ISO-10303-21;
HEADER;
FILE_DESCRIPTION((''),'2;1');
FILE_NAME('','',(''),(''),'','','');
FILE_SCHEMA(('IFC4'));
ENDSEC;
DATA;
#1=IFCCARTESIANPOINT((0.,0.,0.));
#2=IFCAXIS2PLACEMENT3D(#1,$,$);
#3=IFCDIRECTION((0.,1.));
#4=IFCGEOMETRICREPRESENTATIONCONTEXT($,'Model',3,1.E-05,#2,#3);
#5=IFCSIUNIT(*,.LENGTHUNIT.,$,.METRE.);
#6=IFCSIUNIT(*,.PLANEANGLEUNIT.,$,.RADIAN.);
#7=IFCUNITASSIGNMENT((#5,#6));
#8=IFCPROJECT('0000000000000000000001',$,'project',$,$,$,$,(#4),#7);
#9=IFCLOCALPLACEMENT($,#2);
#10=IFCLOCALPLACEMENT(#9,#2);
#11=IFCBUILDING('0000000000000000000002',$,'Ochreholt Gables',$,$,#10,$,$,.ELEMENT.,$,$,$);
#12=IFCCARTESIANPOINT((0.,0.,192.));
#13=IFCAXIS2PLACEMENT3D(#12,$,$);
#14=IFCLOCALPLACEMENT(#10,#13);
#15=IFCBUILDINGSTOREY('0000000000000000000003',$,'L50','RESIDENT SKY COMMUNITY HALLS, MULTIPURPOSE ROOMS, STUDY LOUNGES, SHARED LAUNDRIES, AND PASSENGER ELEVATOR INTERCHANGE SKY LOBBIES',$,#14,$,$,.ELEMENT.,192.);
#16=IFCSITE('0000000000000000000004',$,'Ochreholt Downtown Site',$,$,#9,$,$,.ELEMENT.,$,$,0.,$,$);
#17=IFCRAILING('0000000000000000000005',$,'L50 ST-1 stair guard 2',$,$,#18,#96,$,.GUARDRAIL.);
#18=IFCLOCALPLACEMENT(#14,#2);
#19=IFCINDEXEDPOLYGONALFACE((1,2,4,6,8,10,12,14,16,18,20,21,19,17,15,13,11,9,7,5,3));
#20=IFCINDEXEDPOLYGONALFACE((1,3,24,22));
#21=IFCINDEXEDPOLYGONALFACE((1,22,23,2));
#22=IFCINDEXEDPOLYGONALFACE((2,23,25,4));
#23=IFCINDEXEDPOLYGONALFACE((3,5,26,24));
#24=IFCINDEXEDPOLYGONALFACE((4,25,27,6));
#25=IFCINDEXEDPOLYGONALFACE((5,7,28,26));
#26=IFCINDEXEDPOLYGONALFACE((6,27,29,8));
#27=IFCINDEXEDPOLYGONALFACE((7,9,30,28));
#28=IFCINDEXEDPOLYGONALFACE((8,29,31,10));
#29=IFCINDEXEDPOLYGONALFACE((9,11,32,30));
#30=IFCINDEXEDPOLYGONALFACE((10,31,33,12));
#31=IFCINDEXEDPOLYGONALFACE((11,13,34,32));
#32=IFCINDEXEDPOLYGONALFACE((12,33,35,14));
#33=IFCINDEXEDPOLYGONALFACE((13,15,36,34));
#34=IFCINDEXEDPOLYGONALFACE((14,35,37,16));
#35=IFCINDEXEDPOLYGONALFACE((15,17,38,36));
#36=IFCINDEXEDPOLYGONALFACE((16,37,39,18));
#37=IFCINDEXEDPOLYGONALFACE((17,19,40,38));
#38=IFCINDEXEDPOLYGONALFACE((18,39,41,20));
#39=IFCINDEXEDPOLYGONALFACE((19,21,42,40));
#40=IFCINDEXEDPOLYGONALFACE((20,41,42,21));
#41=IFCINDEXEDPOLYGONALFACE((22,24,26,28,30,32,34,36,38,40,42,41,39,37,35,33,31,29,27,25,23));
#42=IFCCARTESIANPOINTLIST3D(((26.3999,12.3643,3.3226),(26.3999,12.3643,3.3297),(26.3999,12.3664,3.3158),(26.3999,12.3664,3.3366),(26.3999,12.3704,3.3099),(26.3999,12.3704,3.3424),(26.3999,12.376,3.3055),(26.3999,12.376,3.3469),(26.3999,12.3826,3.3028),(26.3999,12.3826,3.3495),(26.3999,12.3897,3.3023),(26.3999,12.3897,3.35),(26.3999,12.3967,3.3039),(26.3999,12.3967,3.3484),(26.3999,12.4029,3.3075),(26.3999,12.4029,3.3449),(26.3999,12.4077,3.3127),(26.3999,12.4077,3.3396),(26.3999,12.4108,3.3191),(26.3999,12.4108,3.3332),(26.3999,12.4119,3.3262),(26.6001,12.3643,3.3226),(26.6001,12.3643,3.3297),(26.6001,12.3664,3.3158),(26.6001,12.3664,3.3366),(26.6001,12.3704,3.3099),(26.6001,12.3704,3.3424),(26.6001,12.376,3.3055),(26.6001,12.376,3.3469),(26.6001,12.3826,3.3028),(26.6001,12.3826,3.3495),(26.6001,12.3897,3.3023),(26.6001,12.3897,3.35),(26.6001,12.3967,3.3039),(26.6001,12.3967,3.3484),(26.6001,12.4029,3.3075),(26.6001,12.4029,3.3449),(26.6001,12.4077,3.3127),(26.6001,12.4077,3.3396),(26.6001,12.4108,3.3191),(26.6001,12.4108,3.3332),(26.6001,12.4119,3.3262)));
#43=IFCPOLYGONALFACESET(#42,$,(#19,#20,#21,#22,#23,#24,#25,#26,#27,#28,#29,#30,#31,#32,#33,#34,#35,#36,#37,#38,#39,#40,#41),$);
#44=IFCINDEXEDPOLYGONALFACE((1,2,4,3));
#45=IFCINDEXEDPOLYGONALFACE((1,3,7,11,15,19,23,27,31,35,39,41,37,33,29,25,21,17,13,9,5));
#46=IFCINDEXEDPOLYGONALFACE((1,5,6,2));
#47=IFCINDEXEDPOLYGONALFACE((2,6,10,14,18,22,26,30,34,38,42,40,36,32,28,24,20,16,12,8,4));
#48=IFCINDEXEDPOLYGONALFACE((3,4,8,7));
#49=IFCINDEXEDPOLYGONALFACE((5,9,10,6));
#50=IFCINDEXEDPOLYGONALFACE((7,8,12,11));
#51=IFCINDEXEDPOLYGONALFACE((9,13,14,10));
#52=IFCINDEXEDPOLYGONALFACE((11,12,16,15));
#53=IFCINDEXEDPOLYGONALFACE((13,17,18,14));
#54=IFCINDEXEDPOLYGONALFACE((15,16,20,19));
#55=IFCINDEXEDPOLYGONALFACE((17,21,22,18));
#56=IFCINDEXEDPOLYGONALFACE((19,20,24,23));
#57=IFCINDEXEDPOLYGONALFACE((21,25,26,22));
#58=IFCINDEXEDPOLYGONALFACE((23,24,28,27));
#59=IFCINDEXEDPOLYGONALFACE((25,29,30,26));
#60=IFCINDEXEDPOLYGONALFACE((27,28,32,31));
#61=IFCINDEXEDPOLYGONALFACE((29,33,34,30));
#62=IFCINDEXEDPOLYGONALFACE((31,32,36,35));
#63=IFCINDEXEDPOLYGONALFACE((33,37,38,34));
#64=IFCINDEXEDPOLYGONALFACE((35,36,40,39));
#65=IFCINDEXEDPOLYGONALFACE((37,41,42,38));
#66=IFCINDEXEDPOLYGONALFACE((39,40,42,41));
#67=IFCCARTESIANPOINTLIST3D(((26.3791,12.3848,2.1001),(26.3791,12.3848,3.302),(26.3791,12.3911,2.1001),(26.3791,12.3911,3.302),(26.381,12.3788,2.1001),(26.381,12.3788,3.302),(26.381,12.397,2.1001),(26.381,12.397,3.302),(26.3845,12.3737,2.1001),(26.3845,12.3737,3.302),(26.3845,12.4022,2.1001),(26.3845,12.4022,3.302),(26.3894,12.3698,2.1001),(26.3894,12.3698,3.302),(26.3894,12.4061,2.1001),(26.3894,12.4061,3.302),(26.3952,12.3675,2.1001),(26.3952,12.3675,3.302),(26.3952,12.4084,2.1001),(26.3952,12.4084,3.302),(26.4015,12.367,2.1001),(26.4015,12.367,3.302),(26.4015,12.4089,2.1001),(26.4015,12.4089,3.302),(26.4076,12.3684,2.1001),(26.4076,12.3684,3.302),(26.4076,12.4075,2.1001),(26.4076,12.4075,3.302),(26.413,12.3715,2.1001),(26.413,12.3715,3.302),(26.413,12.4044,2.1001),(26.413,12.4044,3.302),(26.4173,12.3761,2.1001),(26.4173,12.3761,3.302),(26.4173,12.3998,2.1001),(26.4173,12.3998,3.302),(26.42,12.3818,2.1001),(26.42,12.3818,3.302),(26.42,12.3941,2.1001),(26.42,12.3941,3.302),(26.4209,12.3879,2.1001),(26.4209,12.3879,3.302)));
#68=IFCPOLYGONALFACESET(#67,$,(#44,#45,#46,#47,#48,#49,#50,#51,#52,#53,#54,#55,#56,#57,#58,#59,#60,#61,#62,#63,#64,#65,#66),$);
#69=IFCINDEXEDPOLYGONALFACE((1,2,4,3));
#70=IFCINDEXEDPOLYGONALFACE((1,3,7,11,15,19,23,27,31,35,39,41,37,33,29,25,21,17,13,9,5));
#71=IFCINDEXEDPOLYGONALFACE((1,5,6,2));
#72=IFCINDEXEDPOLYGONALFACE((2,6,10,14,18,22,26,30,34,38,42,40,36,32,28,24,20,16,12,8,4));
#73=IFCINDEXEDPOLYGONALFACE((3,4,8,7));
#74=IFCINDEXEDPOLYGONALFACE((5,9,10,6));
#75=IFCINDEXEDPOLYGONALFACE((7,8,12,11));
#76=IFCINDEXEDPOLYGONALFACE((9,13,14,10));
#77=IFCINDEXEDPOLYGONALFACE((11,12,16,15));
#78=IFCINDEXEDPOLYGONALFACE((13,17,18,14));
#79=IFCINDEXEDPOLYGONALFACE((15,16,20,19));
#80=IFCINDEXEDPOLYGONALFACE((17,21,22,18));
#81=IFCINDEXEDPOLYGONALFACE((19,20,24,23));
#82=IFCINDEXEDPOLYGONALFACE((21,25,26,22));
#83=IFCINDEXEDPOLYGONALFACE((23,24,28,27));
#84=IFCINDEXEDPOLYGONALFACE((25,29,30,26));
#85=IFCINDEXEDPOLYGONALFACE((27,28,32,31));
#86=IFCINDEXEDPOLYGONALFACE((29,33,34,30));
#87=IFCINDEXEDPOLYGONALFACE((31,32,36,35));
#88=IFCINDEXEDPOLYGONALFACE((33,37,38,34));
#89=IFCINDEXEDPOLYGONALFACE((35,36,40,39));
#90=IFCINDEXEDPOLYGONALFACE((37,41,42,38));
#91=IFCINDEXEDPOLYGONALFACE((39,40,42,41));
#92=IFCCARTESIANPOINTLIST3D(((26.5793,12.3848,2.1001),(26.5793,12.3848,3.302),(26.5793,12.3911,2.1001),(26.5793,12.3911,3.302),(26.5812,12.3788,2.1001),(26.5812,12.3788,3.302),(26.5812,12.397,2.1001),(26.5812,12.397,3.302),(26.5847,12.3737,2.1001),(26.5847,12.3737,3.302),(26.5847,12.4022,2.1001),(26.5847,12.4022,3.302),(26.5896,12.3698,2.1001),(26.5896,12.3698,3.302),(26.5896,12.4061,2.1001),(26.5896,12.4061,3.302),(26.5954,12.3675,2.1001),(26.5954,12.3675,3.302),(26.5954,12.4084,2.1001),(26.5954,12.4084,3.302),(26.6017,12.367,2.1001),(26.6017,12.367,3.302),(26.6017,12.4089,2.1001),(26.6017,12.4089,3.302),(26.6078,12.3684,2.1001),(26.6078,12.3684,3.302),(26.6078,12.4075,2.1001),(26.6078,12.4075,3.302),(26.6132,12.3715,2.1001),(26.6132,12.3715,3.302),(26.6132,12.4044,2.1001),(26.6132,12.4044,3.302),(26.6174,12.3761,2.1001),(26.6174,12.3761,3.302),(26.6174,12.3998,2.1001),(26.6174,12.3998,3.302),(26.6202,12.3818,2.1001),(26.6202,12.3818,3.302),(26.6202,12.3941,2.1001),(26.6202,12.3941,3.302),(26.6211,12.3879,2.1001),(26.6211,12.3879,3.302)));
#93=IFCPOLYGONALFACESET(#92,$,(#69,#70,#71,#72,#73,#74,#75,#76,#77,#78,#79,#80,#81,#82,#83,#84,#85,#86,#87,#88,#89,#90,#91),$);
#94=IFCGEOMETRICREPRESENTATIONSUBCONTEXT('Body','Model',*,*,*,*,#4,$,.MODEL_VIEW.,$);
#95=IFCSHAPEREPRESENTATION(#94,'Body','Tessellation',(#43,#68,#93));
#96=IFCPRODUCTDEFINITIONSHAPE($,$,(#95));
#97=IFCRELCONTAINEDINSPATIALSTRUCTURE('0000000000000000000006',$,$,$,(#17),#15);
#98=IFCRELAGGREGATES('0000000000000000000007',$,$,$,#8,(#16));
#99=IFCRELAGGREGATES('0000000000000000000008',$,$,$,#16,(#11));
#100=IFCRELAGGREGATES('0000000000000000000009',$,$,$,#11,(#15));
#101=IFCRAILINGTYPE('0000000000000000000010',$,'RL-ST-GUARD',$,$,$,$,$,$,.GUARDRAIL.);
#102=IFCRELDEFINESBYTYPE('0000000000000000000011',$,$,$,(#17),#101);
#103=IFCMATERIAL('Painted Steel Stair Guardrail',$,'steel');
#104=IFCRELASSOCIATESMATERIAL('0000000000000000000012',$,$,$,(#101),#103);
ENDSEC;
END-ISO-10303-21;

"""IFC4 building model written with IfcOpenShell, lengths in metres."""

from ifc_helpers import new_model, si_unit, direction, frame, origin, origin_2d, place, context, subcontext, project, spatial, circle, extrude, material, type_object, element, save


model = new_model("IFC4")

# Units and contexts
model_context = context("Model", 3, precision=1e-05, world=origin(), true_north=direction((0.0, 1.0)))
body_context = subcontext(model_context, "Body", "Model", "MODEL_VIEW")
ifc_project = project(units=[si_unit("LENGTHUNIT", "METRE"), si_unit("PLANEANGLEUNIT", "RADIAN")], contexts=[model_context])

# Site, building, storey
site_placement = place(None, origin())
site = spatial("IfcSite", under=ifc_project, at=site_placement, Name="Ochreholt Downtown Site", CompositionType="ELEMENT", RefElevation=0.0)
building_placement = place(site_placement, origin())
building = spatial("IfcBuilding", under=site, at=building_placement, Name="Ochreholt Gables", CompositionType="ELEMENT")
storey_placement = place(building_placement, frame((0.0, 0.0, 192.0)))
storey = spatial("IfcBuildingStorey", under=building, at=storey_placement, Name="L50", Description="RESIDENT SKY COMMUNITY HALLS, MULTIPURPOSE ROOMS, STUDY LOUNGES, SHARED LAUNDRIES, AND PASSENGER ELEVATOR INTERCHANGE SKY LOBBIES", CompositionType="ELEMENT", Elevation=192.0)

# Railing
ifc_material_1 = material(Name="Painted Steel Stair Guardrail", Category="steel")
railing_type_1 = type_object("IfcRailingType", Name="RL-ST-GUARD", PredefinedType="GUARDRAIL", material=ifc_material_1)
railing_1_placement = place(storey_placement, frame((26.3999, 12.3879, 2.1001)))
element("IfcRailing", 1, at=railing_1_placement, inside=storey, type_object=railing_type_1, Name="L50 ST-1 stair guard 2", PredefinedType="GUARDRAIL", context=body_context, shape_type="SweptSolid", body=[
    extrude(circle(Radius=0.0239, at=origin_2d()), frame((0.0, 0.0, 1.2261), z_axis=(1.0, 0.0, 0.0), x_axis=(0.0, 1.0, 0.0)), (0.0, 0.0, 1.0), 0.2002),
    extrude(circle(Radius=0.021, at=origin_2d()), origin(), (0.0, 0.0, 1.0), 1.2019),
    extrude(circle(Radius=0.021, at=origin_2d()), frame((0.2002, 0.0, 0.0)), (0.0, 0.0, 1.0), 1.2019),
])

save(model, "model.ifc")
